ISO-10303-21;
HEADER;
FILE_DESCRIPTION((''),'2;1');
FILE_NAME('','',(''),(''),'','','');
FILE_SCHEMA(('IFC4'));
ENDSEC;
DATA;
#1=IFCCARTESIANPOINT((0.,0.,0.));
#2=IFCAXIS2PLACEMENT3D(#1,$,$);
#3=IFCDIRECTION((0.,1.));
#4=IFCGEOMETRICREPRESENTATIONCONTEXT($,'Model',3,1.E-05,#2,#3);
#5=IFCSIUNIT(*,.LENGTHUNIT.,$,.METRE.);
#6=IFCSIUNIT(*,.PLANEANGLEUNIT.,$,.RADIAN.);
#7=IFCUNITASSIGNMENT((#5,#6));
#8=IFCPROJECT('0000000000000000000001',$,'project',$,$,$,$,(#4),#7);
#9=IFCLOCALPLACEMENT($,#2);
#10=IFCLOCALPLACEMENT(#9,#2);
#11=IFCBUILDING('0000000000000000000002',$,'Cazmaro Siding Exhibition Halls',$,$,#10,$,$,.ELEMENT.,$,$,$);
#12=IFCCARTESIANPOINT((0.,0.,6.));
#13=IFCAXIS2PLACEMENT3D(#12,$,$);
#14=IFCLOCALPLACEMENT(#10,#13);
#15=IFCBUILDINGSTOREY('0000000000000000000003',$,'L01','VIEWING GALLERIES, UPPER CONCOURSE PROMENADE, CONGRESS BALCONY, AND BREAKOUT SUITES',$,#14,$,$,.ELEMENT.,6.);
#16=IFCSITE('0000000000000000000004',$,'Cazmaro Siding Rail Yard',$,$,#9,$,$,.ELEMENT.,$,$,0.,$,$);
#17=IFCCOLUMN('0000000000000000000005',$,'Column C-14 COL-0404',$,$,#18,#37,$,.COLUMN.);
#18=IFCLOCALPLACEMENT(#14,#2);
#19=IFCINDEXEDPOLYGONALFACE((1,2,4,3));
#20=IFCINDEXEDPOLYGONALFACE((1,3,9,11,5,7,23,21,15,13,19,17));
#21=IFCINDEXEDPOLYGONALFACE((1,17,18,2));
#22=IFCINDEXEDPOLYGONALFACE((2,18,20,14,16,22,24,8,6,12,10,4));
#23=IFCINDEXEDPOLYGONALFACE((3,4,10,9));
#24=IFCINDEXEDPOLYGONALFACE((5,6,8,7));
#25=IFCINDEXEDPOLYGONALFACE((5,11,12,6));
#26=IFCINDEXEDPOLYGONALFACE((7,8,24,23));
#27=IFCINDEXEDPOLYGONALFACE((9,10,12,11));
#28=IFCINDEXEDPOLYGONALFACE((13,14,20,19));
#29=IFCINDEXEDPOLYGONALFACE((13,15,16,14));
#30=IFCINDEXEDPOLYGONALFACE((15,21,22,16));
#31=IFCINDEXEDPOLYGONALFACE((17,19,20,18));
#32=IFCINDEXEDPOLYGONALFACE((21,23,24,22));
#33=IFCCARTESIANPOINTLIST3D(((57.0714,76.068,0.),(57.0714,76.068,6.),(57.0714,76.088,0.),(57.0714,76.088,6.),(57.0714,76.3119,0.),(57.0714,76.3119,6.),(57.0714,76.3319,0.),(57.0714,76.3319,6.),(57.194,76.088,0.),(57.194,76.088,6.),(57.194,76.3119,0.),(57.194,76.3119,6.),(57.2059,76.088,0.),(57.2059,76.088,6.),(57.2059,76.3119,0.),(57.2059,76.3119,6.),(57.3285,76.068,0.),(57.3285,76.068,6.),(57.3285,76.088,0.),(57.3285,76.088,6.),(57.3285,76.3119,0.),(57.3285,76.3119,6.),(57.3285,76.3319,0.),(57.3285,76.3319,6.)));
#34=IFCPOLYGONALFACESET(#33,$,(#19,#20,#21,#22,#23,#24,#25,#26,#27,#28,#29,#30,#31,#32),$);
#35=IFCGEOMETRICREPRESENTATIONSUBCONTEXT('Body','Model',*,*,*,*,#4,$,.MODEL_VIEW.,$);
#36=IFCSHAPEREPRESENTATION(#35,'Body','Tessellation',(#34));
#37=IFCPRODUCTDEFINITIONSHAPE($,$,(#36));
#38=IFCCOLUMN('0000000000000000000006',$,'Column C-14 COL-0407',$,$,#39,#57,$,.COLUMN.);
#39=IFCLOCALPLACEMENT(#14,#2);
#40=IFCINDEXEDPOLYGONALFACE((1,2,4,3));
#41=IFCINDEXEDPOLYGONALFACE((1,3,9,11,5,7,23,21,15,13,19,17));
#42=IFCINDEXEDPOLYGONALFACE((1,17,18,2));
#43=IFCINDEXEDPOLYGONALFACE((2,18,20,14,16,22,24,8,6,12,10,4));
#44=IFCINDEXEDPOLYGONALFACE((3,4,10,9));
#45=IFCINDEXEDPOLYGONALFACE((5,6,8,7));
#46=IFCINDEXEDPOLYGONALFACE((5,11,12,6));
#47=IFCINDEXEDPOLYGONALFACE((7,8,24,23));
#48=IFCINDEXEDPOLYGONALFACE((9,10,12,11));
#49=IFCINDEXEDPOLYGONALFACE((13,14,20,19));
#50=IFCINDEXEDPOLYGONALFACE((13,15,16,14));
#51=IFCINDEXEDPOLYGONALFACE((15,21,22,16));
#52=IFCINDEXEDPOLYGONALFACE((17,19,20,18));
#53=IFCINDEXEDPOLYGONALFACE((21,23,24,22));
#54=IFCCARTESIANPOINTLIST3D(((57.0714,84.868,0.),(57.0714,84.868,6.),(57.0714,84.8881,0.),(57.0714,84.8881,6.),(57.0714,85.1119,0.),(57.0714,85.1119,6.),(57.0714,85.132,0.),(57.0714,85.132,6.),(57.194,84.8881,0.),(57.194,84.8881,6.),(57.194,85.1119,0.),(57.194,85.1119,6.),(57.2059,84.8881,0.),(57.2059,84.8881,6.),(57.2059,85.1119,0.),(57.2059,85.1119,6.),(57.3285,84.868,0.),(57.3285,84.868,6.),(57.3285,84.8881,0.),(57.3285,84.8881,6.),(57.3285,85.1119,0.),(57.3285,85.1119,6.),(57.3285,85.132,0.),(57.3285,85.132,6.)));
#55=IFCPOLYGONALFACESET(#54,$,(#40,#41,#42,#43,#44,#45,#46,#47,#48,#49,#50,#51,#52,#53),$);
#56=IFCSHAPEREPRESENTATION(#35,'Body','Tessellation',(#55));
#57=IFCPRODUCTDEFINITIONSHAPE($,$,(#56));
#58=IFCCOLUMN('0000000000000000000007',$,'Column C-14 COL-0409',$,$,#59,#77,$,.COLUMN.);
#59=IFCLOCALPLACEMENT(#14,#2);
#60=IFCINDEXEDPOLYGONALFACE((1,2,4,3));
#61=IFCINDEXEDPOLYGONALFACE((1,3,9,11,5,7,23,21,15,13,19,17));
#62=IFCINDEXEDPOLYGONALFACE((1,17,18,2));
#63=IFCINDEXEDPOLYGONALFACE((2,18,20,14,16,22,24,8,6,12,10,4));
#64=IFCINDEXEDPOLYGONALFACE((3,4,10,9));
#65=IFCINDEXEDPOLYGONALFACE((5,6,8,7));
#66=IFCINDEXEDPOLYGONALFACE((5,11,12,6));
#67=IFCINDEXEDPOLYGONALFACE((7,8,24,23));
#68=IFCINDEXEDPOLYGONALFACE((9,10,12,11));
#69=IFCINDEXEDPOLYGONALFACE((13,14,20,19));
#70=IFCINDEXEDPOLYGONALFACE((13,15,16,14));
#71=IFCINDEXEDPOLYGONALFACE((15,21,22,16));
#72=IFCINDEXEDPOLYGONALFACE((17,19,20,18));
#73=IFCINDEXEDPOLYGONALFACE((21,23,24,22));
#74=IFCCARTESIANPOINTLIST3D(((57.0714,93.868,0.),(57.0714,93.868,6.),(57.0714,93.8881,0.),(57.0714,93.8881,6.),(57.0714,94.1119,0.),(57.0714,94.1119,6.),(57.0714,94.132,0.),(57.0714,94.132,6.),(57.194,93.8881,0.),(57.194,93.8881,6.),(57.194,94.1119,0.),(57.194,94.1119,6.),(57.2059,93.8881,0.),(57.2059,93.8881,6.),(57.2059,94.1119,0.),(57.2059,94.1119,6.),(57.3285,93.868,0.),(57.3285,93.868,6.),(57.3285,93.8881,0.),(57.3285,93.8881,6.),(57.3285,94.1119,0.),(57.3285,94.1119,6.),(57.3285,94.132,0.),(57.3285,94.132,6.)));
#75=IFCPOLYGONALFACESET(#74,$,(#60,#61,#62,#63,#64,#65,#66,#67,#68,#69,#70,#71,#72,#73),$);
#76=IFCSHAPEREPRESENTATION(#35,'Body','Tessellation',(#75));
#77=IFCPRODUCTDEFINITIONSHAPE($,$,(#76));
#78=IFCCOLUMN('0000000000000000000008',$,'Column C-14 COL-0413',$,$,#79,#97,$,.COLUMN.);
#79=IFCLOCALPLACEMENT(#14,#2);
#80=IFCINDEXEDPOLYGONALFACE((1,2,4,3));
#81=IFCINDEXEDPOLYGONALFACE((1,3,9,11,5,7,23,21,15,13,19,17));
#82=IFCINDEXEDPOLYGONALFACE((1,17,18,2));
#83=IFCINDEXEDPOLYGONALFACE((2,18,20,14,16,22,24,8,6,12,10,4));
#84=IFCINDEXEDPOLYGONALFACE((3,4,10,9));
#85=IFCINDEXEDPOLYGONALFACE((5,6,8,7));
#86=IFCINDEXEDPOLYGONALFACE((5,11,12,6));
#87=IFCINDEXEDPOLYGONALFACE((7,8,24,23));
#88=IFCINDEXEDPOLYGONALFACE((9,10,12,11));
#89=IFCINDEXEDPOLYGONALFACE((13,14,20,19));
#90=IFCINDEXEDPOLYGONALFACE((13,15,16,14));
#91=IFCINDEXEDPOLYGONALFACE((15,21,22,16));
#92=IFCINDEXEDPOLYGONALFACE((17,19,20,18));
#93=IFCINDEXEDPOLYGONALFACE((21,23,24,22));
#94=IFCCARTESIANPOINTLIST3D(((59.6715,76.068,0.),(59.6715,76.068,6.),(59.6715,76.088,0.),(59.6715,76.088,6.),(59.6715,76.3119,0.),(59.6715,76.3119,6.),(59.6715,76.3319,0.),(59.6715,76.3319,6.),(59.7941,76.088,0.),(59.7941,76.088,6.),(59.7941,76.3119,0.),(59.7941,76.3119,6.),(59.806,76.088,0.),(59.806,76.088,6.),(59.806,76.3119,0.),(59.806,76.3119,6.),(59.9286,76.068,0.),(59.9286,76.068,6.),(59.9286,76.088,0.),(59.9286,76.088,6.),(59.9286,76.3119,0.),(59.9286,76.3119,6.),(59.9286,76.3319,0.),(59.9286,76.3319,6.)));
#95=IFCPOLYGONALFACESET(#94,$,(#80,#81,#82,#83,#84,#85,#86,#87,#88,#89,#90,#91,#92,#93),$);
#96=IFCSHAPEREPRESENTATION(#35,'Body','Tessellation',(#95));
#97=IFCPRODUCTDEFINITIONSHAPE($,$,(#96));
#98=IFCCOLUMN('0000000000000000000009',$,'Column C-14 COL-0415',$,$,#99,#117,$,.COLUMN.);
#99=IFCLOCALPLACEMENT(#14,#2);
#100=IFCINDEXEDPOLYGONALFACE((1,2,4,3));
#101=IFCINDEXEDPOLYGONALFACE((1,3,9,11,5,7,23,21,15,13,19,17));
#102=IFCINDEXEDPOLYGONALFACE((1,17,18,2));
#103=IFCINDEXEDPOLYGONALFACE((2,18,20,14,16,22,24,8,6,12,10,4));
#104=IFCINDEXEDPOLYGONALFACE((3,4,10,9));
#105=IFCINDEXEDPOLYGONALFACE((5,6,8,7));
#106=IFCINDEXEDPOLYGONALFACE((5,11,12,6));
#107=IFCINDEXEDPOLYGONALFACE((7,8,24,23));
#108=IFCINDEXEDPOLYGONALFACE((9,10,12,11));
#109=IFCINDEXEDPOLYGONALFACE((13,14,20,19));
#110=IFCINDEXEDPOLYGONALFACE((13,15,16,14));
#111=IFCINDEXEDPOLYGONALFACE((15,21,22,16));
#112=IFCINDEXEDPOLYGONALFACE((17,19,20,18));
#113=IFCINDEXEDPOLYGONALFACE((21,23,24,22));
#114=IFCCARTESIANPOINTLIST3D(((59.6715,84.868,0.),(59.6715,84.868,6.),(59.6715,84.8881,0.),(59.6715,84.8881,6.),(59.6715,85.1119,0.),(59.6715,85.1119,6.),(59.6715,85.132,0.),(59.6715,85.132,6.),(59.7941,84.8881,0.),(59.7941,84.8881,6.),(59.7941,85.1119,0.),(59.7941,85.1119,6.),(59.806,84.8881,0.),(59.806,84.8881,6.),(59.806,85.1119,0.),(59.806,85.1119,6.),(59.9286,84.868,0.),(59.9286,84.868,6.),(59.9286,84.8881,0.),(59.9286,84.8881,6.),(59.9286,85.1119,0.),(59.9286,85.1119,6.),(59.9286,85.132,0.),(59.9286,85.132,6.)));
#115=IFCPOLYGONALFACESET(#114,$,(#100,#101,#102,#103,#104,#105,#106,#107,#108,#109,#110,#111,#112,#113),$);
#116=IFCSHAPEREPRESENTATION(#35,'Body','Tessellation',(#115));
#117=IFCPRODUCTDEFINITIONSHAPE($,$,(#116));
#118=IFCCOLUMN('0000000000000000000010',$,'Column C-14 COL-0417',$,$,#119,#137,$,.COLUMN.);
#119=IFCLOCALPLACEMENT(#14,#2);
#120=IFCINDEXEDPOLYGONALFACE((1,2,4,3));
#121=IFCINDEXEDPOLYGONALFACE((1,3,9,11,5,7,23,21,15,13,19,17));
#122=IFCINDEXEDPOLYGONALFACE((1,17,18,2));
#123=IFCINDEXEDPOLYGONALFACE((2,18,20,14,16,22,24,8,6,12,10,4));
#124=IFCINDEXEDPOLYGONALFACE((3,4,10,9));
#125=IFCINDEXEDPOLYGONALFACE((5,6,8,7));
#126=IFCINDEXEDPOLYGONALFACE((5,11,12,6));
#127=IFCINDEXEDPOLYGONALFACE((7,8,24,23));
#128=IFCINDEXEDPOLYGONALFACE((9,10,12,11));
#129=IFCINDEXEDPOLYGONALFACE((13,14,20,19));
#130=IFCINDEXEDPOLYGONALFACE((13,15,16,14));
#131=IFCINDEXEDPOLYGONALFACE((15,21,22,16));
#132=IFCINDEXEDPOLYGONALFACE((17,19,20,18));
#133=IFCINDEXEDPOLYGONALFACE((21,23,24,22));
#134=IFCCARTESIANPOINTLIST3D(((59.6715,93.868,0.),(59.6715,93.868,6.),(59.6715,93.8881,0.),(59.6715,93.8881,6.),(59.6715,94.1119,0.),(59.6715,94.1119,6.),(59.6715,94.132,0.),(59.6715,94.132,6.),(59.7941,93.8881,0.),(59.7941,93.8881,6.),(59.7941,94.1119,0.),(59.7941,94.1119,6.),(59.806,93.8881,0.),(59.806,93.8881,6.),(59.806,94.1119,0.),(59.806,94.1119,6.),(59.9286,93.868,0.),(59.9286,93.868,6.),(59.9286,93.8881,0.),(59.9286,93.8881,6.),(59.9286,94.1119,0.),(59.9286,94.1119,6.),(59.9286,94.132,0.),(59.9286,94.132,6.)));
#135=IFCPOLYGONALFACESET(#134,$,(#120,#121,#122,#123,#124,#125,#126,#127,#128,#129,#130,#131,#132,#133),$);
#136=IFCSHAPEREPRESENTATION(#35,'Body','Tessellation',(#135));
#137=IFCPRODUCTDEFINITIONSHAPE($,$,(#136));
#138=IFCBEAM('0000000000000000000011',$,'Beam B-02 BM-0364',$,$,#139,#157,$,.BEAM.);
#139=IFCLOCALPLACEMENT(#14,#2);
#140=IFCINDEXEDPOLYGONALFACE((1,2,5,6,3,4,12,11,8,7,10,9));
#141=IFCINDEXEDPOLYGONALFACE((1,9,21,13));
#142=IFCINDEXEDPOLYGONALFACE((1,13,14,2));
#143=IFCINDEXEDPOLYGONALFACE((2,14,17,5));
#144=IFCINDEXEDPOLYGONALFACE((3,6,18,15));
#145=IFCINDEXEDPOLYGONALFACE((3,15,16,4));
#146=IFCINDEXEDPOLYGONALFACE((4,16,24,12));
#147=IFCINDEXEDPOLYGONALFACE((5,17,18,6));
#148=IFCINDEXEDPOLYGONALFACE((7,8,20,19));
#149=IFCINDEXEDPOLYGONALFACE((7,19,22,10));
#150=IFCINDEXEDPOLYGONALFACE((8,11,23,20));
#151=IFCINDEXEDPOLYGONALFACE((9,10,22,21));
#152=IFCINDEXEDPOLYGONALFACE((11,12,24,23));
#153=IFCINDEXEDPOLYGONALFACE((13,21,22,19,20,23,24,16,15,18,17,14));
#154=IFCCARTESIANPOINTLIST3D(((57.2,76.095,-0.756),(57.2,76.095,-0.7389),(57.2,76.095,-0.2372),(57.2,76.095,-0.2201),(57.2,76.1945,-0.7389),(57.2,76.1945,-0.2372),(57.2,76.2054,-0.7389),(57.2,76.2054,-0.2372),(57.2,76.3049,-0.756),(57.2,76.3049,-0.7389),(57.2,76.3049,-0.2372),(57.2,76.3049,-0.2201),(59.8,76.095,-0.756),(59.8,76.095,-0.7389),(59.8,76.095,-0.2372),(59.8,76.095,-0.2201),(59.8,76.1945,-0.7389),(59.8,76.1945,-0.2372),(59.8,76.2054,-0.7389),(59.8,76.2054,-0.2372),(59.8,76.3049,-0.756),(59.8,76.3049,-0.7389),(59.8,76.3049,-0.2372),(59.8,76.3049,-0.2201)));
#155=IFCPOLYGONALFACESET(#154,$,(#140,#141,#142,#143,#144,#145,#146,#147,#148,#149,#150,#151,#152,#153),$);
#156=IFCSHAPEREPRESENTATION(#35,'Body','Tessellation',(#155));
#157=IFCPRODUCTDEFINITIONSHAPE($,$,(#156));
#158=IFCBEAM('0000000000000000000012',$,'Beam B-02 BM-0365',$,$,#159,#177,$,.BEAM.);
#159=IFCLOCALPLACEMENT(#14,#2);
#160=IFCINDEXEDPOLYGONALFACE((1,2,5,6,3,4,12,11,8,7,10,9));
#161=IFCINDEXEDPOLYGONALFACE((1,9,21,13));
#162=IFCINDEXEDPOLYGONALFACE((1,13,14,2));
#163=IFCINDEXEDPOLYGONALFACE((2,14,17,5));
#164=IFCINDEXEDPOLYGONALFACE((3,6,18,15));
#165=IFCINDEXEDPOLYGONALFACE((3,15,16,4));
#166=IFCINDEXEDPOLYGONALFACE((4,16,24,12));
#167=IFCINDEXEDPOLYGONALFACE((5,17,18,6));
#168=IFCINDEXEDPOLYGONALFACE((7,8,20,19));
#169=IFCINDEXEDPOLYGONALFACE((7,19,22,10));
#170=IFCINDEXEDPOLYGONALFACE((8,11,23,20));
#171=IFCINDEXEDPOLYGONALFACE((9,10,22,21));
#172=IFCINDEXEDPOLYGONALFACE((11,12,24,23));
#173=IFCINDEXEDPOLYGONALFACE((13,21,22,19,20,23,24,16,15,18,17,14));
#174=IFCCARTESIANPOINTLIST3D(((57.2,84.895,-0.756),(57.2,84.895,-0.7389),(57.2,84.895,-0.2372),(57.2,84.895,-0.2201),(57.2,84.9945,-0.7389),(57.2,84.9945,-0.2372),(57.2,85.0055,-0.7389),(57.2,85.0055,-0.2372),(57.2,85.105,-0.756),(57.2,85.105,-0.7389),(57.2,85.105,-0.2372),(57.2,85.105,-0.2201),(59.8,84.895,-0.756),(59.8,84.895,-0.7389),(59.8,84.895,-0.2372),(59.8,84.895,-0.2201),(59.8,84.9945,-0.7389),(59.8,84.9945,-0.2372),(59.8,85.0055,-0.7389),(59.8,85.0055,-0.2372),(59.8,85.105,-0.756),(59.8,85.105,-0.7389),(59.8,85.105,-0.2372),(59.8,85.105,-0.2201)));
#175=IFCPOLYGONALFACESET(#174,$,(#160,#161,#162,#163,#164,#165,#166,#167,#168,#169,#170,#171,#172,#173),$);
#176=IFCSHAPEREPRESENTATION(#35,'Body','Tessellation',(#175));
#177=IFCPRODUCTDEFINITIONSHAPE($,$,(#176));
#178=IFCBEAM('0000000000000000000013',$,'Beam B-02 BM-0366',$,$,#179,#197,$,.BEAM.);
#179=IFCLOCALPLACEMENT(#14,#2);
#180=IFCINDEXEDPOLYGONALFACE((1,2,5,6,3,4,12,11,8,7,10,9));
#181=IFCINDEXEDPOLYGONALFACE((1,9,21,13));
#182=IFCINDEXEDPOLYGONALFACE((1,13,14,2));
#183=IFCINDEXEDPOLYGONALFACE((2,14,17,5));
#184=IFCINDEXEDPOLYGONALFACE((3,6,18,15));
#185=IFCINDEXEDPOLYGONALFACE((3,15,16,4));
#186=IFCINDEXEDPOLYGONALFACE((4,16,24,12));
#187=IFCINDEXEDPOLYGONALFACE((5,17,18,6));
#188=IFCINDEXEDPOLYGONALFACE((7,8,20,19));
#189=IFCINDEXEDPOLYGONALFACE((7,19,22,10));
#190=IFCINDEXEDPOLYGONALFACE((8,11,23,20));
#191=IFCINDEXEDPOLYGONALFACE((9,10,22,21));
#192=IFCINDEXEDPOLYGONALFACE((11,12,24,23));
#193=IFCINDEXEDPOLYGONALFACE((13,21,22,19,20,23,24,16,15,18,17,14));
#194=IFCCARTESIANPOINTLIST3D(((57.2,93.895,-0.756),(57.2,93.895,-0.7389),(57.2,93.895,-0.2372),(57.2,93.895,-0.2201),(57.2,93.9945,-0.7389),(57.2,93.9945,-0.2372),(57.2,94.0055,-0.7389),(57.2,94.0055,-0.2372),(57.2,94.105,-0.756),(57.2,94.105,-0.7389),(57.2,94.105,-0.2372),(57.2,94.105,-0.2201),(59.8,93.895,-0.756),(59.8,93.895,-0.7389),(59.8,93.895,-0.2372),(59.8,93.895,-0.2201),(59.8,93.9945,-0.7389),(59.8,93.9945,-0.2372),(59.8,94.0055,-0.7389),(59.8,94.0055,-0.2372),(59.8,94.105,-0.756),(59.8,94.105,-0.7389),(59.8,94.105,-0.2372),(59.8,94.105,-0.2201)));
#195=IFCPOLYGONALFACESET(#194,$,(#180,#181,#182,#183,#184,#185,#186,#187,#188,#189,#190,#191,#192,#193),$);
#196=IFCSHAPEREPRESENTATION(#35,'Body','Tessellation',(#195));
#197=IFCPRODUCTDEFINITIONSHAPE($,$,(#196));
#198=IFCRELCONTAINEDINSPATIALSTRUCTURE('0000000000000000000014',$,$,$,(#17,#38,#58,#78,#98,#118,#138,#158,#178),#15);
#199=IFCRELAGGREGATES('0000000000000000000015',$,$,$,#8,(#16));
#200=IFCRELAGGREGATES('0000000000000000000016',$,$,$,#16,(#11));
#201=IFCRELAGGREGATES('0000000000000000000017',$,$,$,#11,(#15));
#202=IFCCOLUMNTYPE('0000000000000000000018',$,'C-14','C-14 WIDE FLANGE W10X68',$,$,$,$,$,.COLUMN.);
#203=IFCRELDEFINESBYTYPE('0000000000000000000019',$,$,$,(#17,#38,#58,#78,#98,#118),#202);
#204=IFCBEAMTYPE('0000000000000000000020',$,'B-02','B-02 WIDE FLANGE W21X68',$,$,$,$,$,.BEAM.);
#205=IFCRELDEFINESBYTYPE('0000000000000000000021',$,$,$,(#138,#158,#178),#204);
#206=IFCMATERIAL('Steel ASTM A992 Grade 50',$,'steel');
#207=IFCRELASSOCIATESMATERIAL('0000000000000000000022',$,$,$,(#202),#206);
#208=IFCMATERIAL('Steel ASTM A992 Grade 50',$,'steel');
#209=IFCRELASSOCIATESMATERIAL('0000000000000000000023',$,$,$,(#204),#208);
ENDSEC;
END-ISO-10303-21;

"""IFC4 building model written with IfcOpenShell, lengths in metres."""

from ifc_helpers import new_model, si_unit, direction, frame, origin, origin_2d, place, context, subcontext, project, spatial, i_section, extrude, material, material_profile, profile_set, type_object, element, save


model = new_model("IFC4")

# Units and contexts
model_context = context("Model", 3, precision=1e-05, world=origin(), true_north=direction((0.0, 1.0)))
body_context = subcontext(model_context, "Body", "Model", "MODEL_VIEW")
ifc_project = project(units=[si_unit("LENGTHUNIT", "METRE"), si_unit("PLANEANGLEUNIT", "RADIAN")], contexts=[model_context])

# Site, building, storey
site_placement = place(None, origin())
site = spatial("IfcSite", under=ifc_project, at=site_placement, Name="Cazmaro Siding Rail Yard", CompositionType="ELEMENT", RefElevation=0.0)
building_placement = place(site_placement, origin())
building = spatial("IfcBuilding", under=site, at=building_placement, Name="Cazmaro Siding Exhibition Halls", CompositionType="ELEMENT")
storey_placement = place(building_placement, frame((0.0, 0.0, 6.0)))
storey = spatial("IfcBuildingStorey", under=building, at=storey_placement, Name="L01", Description="VIEWING GALLERIES, UPPER CONCOURSE PROMENADE, CONGRESS BALCONY, AND BREAKOUT SUITES", CompositionType="ELEMENT", Elevation=6.0)

# Columns
ifc_material_1 = material(Name="Steel ASTM A992 Grade 50", Category="steel")
ifc_material_profile_1 = material_profile(ifc_material_1, i_section(OverallWidth=0.2571, OverallDepth=0.2639, WebThickness=0.012, FlangeThickness=0.02, at=origin_2d()), Name="W10X68")
ifc_profile_set_1 = profile_set([ifc_material_profile_1], Name="Steel ASTM A992 Grade 50")
column_type = type_object("IfcColumnType", Name="C-14", Description="C-14 WIDE FLANGE W10X68", PredefinedType="COLUMN", material=ifc_profile_set_1)
for number, where, z_axis, x_axis, name in (
    (1, (57.2, 76.2, 0.0), (0.0, 0.0, 1.0), (1.0, 0.0, 0.0), "Column C-14 COL-0404"),
    (2, (57.2, 85.0, 0.0), (0.0, 0.0, 1.0), (1.0, 0.0, 0.0), "Column C-14 COL-0407"),
    (3, (57.2, 94.0, 0.0), (0.0, 0.0, 1.0), (1.0, 0.0, 0.0), "Column C-14 COL-0409"),
    (4, (59.8, 76.2, 0.0), (0.0, 0.0, 1.0), (1.0, 0.0, 0.0), "Column C-14 COL-0413"),
    (5, (59.8, 85.0, 0.0), (0.0, 0.0, 1.0), (1.0, 0.0, 0.0), "Column C-14 COL-0415"),
    (6, (59.8, 94.0, 0.0), (0.0, 0.0, 1.0), (1.0, 0.0, 0.0), "Column C-14 COL-0417"),
):
    element("IfcColumn", number, at=place(storey_placement, frame(where, z_axis=z_axis, x_axis=x_axis)), inside=storey, type_object=column_type, Name=name, PredefinedType="COLUMN", context=body_context, shape_type="SweptSolid", body=[
        extrude(i_section(OverallWidth=0.2571, OverallDepth=0.2639, WebThickness=0.012, FlangeThickness=0.02, at=origin_2d()), origin(), (0.0, 0.0, 1.0), 6.0),
    ])

# Beams
ifc_material_2 = material(Name="Steel ASTM A992 Grade 50", Category="steel")
ifc_material_profile_2 = material_profile(ifc_material_2, i_section(OverallWidth=0.21, OverallDepth=0.5359, WebThickness=0.011, FlangeThickness=0.0171, at=origin_2d()), Name="W21X68")
ifc_profile_set_2 = profile_set([ifc_material_profile_2], Name="Steel ASTM A992 Grade 50")
beam_type_1 = type_object("IfcBeamType", Name="B-02", Description="B-02 WIDE FLANGE W21X68", PredefinedType="BEAM", material=ifc_profile_set_2)
for number, where, z_axis, x_axis, name in (
    (7, (57.2, 76.2, -0.488), (1.0, 0.0, 0.0), (0.0, 1.0, 0.0), "Beam B-02 BM-0364"),
    (8, (57.2, 85.0, -0.488), (1.0, 0.0, 0.0), (0.0, 1.0, 0.0), "Beam B-02 BM-0365"),
    (9, (57.2, 94.0, -0.488), (1.0, 0.0, 0.0), (0.0, 1.0, 0.0), "Beam B-02 BM-0366"),
):
    element("IfcBeam", number, at=place(storey_placement, frame(where, z_axis=z_axis, x_axis=x_axis)), inside=storey, type_object=beam_type_1, Name=name, PredefinedType="BEAM", context=body_context, shape_type="SweptSolid", body=[
        extrude(i_section(OverallWidth=0.21, OverallDepth=0.5359, WebThickness=0.011, FlangeThickness=0.0171, at=origin_2d()), origin(), (0.0, 0.0, 1.0), 2.6001),
    ])

save(model, "model.ifc")
